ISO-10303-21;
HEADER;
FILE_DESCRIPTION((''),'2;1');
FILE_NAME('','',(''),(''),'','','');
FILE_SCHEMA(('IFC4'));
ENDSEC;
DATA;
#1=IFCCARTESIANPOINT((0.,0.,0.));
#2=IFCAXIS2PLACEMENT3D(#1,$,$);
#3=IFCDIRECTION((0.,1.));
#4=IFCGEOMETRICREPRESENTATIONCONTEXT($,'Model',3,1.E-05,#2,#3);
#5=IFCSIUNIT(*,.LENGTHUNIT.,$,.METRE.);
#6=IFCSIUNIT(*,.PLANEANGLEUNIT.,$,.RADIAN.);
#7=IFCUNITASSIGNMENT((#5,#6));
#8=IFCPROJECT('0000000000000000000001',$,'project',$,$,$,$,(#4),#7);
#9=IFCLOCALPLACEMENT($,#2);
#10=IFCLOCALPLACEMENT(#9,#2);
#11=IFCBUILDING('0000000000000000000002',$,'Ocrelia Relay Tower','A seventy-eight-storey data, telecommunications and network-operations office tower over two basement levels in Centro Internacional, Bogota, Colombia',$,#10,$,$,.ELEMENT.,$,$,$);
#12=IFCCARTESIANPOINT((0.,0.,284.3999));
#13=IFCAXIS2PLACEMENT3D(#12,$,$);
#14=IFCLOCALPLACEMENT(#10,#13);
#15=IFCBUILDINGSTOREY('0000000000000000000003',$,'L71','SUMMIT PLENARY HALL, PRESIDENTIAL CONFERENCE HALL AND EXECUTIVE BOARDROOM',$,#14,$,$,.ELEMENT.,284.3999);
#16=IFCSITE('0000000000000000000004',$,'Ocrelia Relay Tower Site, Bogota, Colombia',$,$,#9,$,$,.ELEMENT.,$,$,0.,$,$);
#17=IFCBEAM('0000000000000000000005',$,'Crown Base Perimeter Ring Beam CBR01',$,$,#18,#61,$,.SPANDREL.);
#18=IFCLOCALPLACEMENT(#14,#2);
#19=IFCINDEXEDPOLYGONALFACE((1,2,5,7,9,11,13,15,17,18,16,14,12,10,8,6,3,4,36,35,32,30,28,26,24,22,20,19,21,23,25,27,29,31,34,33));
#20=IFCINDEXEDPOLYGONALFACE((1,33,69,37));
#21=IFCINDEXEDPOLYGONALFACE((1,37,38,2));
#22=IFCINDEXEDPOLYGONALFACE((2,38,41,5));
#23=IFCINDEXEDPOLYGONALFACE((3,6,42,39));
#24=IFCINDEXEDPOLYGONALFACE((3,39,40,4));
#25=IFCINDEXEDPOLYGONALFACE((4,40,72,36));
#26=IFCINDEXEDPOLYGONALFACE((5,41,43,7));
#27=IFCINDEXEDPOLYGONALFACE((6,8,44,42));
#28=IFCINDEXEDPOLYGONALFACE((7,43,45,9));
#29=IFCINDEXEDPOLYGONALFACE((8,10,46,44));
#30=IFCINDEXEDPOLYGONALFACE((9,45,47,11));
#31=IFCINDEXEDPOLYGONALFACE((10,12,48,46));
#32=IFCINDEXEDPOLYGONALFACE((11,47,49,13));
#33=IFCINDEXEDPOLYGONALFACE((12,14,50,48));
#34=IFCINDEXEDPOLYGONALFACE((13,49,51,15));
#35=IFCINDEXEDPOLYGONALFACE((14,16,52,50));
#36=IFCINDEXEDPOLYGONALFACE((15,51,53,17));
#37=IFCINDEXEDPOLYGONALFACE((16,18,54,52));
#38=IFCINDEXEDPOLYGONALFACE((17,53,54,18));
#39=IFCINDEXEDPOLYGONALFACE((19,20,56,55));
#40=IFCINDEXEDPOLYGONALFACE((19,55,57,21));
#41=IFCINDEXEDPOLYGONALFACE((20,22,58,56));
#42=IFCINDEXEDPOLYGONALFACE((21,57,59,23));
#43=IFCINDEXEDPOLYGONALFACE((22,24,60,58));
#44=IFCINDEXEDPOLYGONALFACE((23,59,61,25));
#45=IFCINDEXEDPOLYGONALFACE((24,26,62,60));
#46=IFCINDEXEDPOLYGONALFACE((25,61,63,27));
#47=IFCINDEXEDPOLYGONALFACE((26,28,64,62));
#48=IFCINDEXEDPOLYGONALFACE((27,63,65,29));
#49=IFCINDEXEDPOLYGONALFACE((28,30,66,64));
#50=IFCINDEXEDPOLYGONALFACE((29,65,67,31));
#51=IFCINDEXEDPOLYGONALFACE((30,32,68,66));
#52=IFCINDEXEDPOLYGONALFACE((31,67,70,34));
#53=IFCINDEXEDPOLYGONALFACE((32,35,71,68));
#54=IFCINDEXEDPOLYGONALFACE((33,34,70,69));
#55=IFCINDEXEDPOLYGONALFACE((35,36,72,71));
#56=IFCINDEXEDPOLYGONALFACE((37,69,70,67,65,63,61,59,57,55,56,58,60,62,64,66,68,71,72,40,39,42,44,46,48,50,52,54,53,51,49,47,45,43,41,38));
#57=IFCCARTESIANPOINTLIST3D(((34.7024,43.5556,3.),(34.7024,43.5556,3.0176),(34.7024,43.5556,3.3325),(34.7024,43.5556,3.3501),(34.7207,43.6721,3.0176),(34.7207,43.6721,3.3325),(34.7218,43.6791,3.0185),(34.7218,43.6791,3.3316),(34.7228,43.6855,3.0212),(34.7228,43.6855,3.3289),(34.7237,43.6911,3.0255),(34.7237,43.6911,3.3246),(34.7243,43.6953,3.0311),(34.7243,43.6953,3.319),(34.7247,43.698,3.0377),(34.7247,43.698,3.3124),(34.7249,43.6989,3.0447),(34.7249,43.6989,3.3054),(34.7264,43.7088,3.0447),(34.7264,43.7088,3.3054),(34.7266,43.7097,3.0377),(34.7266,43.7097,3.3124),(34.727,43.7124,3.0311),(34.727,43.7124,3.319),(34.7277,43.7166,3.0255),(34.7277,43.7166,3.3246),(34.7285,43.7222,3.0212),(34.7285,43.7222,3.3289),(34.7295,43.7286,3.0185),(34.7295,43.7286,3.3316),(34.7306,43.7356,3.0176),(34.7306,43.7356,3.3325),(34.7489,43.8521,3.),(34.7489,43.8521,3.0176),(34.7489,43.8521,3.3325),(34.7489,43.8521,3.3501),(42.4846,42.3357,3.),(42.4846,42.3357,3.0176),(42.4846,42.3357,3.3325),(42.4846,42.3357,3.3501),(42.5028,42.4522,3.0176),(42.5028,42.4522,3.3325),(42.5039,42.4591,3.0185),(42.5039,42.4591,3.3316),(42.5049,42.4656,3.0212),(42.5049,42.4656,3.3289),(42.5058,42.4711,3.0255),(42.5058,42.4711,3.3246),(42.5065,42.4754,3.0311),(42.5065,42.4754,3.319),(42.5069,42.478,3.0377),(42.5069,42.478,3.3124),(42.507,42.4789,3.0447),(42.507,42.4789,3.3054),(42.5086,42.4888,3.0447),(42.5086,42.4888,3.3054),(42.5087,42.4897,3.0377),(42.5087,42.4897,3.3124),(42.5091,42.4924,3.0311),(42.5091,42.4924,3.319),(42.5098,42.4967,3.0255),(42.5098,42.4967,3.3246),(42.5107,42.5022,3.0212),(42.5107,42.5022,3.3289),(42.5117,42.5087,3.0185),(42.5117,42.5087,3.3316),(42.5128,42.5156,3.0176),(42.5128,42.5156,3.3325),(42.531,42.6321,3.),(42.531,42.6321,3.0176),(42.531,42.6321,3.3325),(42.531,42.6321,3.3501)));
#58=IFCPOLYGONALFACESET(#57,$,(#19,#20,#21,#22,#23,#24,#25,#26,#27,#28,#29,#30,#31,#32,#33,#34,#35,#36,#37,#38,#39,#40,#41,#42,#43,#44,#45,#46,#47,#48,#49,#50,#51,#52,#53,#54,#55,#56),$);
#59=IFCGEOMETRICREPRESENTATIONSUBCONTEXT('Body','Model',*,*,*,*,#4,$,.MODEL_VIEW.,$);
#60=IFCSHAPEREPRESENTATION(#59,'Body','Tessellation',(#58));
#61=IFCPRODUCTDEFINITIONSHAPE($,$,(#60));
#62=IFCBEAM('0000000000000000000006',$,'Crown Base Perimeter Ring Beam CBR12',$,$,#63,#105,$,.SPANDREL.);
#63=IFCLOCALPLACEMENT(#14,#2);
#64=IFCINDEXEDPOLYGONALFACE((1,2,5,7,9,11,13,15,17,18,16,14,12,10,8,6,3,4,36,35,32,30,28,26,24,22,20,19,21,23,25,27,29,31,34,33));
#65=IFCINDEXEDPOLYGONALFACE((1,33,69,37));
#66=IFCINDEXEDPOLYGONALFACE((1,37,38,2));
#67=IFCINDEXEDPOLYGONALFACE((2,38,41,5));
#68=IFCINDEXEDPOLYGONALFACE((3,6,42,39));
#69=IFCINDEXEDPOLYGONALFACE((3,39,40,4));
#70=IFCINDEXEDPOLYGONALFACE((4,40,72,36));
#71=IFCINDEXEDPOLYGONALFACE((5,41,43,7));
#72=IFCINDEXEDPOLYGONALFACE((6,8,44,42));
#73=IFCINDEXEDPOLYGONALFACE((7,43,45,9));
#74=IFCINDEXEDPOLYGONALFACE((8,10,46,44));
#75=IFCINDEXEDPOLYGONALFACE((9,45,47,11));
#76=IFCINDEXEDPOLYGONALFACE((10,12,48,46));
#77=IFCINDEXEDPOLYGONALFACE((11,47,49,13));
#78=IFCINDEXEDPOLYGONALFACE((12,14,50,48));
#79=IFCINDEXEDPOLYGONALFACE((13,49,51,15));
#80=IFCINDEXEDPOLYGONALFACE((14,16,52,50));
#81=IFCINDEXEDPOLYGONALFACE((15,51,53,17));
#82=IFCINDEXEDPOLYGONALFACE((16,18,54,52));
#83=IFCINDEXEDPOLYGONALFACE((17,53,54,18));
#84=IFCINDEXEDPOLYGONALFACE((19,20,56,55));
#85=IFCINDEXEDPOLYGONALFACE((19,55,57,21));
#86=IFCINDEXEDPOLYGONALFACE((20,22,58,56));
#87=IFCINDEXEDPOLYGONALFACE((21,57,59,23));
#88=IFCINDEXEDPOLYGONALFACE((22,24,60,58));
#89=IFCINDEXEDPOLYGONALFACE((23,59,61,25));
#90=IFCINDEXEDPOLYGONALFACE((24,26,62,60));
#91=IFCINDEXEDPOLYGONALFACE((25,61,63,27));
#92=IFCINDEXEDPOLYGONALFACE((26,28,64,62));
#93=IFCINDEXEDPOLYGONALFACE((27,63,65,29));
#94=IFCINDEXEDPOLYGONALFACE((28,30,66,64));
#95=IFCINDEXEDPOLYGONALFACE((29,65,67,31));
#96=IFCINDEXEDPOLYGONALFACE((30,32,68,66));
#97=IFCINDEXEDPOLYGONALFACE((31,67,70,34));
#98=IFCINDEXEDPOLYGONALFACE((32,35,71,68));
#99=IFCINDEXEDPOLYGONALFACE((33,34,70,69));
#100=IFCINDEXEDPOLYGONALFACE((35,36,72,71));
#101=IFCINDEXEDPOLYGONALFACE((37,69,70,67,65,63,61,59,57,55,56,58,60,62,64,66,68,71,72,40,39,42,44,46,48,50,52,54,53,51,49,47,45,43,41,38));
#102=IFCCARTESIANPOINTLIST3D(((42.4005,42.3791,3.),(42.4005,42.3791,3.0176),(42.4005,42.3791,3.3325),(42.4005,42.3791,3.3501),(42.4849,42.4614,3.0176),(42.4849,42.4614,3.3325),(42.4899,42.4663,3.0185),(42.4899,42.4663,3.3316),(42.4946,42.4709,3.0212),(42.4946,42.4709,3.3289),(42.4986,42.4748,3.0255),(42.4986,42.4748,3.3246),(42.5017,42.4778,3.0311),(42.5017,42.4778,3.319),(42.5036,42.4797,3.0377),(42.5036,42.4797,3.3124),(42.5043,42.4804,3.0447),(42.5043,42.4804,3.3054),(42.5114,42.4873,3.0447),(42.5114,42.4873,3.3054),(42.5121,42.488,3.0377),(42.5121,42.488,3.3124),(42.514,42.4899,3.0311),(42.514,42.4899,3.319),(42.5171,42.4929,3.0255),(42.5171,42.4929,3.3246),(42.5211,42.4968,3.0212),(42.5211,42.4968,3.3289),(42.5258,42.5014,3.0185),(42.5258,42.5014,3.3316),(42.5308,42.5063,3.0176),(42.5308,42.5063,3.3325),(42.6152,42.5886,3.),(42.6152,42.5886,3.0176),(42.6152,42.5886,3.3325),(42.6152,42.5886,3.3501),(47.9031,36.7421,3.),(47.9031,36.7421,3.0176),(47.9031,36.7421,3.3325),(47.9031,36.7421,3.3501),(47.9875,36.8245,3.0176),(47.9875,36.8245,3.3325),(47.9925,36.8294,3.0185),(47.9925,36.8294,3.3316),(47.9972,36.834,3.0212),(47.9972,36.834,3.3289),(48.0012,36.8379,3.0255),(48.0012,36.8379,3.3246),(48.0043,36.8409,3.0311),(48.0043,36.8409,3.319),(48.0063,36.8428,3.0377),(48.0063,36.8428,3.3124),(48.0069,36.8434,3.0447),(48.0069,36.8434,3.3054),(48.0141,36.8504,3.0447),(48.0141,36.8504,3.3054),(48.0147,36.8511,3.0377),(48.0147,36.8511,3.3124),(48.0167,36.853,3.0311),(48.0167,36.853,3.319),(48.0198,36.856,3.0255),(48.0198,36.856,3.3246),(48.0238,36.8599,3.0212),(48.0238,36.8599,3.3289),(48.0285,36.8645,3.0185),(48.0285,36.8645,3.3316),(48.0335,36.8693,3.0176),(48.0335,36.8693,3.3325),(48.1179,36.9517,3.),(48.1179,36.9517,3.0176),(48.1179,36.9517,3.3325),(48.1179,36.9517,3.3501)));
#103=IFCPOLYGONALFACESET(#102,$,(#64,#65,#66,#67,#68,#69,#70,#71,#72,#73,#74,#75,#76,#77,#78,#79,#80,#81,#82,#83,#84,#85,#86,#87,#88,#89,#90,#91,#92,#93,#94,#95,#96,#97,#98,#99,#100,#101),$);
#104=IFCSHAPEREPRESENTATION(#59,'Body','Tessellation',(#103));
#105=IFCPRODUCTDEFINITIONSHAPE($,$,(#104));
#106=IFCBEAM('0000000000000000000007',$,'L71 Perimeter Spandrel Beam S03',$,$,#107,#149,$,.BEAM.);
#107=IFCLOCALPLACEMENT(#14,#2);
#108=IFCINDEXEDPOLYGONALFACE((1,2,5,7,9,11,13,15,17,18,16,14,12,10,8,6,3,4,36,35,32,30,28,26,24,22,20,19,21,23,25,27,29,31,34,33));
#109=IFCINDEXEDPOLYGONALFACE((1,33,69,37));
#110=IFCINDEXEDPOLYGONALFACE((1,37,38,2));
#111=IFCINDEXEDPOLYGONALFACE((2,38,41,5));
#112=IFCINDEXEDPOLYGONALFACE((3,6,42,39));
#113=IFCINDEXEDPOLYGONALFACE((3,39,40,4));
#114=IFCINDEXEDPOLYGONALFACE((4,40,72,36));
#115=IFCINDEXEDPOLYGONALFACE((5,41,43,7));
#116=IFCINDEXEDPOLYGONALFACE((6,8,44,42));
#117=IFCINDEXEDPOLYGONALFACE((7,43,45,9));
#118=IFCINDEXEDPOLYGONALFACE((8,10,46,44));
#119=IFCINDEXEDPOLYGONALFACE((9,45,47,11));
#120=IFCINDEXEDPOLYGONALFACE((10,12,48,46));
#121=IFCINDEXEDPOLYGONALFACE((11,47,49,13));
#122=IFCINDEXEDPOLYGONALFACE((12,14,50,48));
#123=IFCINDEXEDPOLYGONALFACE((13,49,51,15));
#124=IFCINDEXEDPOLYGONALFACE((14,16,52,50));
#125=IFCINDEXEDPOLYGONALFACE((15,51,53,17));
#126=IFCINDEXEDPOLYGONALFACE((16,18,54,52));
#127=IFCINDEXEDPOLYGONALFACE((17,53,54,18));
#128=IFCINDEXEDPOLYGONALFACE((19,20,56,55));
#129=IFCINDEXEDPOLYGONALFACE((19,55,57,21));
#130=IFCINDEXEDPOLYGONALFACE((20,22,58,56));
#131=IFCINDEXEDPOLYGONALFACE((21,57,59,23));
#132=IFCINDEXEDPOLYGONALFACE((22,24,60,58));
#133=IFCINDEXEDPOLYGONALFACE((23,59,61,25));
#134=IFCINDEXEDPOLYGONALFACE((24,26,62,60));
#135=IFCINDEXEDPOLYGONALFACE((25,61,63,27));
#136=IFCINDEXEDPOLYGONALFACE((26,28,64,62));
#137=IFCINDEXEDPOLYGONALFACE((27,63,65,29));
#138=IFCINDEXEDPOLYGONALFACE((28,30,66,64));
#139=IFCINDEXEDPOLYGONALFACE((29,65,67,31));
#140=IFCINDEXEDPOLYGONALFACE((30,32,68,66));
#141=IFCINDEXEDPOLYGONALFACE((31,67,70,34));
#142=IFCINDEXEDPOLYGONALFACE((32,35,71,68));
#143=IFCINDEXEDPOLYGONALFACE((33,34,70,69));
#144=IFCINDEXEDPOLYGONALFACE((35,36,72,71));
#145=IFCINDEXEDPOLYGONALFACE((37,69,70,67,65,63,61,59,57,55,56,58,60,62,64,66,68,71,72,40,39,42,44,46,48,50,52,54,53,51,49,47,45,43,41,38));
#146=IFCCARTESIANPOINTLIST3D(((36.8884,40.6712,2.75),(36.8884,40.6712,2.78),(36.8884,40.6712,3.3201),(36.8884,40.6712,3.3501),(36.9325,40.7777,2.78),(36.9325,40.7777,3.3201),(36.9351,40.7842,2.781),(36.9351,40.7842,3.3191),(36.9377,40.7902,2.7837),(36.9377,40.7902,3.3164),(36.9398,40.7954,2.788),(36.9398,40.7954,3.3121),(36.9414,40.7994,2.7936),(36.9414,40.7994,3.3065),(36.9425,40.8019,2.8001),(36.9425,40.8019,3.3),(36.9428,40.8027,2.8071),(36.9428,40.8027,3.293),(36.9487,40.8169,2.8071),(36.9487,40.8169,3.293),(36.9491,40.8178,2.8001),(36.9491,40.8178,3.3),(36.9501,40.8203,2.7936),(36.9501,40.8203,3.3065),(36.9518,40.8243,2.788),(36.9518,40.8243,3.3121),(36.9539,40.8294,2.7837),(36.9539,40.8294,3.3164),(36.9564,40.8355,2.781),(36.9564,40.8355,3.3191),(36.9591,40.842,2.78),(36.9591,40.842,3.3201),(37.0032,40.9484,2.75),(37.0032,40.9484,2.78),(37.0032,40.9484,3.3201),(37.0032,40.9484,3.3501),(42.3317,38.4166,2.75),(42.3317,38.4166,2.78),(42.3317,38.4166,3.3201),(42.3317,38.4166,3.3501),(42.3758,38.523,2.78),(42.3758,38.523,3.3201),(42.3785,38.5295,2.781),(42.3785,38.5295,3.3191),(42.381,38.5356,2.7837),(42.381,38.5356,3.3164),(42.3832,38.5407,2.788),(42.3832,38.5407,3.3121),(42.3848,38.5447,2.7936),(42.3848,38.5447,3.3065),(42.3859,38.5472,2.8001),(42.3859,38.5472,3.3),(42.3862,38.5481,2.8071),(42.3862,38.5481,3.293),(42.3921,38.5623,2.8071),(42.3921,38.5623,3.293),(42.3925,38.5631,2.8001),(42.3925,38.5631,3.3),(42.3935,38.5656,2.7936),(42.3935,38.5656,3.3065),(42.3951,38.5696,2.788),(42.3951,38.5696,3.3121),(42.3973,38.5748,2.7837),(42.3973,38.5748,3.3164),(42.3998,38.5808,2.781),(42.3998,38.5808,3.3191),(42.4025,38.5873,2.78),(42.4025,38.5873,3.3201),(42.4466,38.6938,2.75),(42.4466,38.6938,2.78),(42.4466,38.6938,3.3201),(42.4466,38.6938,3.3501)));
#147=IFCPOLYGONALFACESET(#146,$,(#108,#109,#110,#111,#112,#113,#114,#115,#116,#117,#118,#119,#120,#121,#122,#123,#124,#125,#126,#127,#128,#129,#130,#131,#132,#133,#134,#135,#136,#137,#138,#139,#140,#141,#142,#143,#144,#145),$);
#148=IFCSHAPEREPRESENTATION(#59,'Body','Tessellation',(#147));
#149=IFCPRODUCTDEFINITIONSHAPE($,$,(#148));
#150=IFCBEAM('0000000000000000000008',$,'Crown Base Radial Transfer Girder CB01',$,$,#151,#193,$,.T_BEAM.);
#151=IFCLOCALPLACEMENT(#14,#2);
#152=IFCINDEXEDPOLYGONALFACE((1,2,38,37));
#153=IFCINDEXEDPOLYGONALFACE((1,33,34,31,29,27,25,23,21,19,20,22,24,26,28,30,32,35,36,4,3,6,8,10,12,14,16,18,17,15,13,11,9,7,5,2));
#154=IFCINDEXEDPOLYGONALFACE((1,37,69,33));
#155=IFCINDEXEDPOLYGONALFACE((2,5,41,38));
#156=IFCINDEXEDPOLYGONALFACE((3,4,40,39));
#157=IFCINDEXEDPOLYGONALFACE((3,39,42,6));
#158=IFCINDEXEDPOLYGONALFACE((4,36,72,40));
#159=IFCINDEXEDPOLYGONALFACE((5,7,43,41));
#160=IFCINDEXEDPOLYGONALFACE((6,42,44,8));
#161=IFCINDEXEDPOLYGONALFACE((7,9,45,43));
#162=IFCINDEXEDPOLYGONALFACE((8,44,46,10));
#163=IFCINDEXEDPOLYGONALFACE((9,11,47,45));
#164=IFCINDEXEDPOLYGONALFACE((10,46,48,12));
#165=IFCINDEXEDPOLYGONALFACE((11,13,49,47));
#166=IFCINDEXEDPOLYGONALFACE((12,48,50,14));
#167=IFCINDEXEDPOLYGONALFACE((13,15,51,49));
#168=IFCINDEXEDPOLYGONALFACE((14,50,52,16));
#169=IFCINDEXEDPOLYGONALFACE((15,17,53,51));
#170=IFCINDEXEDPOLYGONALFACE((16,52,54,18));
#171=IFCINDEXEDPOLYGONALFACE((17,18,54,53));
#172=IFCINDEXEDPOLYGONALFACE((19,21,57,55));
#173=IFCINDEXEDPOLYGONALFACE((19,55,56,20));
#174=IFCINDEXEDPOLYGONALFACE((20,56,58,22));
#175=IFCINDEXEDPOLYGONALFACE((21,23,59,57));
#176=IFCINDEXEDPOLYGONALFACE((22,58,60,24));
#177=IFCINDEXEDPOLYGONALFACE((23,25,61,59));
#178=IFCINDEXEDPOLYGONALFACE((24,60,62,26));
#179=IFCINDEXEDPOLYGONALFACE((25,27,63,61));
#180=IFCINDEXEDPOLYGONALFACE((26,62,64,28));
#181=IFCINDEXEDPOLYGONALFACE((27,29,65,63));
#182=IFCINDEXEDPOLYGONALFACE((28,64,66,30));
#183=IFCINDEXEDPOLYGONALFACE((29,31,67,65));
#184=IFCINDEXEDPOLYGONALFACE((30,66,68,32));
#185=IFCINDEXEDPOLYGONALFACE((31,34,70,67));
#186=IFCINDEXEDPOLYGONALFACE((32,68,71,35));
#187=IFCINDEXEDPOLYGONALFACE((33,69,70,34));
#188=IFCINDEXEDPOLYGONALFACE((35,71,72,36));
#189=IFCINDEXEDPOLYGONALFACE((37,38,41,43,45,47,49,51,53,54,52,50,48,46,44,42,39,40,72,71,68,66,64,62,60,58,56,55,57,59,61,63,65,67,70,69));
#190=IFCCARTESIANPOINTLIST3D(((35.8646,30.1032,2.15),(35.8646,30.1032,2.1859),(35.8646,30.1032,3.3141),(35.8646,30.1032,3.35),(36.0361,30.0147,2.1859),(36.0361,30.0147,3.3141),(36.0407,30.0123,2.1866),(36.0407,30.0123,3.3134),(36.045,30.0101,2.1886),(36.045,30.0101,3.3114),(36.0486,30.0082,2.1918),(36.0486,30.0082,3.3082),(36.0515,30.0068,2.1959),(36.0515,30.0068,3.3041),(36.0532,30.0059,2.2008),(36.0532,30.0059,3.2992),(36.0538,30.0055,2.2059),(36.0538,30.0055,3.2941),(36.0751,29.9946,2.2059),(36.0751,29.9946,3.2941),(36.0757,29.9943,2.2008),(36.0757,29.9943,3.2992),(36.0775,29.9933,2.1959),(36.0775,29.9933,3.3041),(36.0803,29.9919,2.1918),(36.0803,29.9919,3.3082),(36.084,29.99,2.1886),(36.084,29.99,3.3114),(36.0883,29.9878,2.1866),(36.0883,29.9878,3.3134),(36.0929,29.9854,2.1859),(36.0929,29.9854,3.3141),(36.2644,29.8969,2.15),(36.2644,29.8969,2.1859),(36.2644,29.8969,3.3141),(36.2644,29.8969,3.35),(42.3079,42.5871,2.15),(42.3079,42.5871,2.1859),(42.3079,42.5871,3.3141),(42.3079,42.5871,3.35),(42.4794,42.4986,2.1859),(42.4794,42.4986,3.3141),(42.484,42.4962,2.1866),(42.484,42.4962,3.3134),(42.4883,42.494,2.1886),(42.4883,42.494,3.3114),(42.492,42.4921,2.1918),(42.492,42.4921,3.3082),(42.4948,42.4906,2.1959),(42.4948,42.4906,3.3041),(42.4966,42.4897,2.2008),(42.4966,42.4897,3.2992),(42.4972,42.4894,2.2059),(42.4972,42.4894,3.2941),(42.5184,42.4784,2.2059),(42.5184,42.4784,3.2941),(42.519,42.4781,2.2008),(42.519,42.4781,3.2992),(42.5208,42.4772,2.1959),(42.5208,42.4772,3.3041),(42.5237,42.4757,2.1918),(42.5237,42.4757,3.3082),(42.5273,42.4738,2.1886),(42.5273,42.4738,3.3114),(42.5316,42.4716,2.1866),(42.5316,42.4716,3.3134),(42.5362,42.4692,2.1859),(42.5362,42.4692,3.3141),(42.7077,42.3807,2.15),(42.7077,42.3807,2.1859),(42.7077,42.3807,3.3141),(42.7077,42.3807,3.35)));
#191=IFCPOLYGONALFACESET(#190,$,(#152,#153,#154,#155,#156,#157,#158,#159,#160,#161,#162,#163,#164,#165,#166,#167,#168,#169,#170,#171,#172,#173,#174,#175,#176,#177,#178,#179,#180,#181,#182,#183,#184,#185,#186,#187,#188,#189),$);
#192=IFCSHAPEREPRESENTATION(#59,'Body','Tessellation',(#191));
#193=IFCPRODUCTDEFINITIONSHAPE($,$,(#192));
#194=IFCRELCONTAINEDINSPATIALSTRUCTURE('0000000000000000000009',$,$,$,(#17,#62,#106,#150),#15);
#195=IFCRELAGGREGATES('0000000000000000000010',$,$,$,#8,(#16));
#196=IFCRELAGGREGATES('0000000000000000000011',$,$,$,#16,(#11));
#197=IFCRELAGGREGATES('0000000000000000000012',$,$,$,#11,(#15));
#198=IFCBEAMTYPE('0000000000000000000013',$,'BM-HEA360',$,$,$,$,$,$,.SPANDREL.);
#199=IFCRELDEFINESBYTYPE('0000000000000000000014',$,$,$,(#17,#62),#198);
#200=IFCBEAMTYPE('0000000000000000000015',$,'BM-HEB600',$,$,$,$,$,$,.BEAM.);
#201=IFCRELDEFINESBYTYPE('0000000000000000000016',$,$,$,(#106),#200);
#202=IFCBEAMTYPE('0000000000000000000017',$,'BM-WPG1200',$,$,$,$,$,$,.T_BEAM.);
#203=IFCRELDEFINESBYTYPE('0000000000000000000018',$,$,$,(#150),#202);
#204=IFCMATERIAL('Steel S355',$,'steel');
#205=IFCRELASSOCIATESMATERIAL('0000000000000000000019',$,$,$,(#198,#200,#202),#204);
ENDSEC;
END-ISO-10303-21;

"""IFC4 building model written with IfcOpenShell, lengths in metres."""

from ifc_helpers import new_model, si_unit, direction, frame, origin, origin_2d, place, context, subcontext, project, spatial, i_section, extrude, material, material_profile, profile_set, type_object, element, save


model = new_model("IFC4")

# Units and contexts
model_context = context("Model", 3, precision=1e-05, world=origin(), true_north=direction((0.0, 1.0)))
body_context = subcontext(model_context, "Body", "Model", "MODEL_VIEW")
ifc_project = project(units=[si_unit("LENGTHUNIT", "METRE"), si_unit("PLANEANGLEUNIT", "RADIAN")], contexts=[model_context])

# Site, building, storey
site_placement = place(None, origin())
site = spatial("IfcSite", under=ifc_project, at=site_placement, Name="Ocrelia Relay Tower Site, Bogota, Colombia", CompositionType="ELEMENT", RefElevation=0.0)
building_placement = place(site_placement, origin())
building = spatial("IfcBuilding", under=site, at=building_placement, Name="Ocrelia Relay Tower", Description="A seventy-eight-storey data, telecommunications and network-operations office tower over two basement levels in Centro Internacional, Bogota, Colombia", CompositionType="ELEMENT")
storey_placement = place(building_placement, frame((0.0, 0.0, 284.3999)))
storey = spatial("IfcBuildingStorey", under=building, at=storey_placement, Name="L71", Description="SUMMIT PLENARY HALL, PRESIDENTIAL CONFERENCE HALL AND EXECUTIVE BOARDROOM", CompositionType="ELEMENT", Elevation=284.3999)

# Beams
ifc_material_1 = material(Name="Steel S355", Category="steel")
ifc_material_profile_1 = material_profile(ifc_material_1, i_section(OverallWidth=0.3, OverallDepth=0.3501, WebThickness=0.01, FlangeThickness=0.0176, FilletRadius=0.0271, at=origin_2d()), Name="HEA 360")
ifc_profile_set_1 = profile_set([ifc_material_profile_1], Name="Steel S355")
beam_type_1 = type_object("IfcBeamType", Name="BM-HEA360", PredefinedType="SPANDREL", material=ifc_profile_set_1)
beam_1_placement = place(storey_placement, frame((42.5078, 42.4839, 3.175), z_axis=(-0.987935, 0.154872, 0.0), x_axis=(-0.154872, -0.987935, 0.0)))
element("IfcBeam", 1, at=beam_1_placement, inside=storey, type_object=beam_type_1, Name="Crown Base Perimeter Ring Beam CBR01", PredefinedType="SPANDREL", context=body_context, shape_type="SweptSolid", body=[
    extrude(i_section(OverallWidth=0.3, OverallDepth=0.3501, WebThickness=0.01, FlangeThickness=0.0176, FilletRadius=0.0271, at=origin_2d()), origin(), (0.0, 0.0, 1.0), 7.8772),
])
beam_2_placement = place(storey_placement, frame((48.0105, 36.8469, 3.175), z_axis=(-0.698533, 0.715578, 0.0), x_axis=(-0.715578, -0.698533, 0.0)))
element("IfcBeam", 2, at=beam_2_placement, inside=storey, type_object=beam_type_1, Name="Crown Base Perimeter Ring Beam CBR12", PredefinedType="SPANDREL", context=body_context, shape_type="SweptSolid", body=[
    extrude(i_section(OverallWidth=0.3, OverallDepth=0.3501, WebThickness=0.01, FlangeThickness=0.0176, FilletRadius=0.0271, at=origin_2d()), origin(), (0.0, 0.0, 1.0), 7.8774),
])
ifc_material_profile_2 = material_profile(ifc_material_1, i_section(OverallWidth=0.3, OverallDepth=0.6001, WebThickness=0.0154, FlangeThickness=0.03, FilletRadius=0.0271, at=origin_2d()), Name="HEB 600")
ifc_profile_set_2 = profile_set([ifc_material_profile_2], Name="Steel S355")
beam_type_2 = type_object("IfcBeamType", Name="BM-HEB600", PredefinedType="BEAM", material=ifc_profile_set_2)
beam_3_placement = place(storey_placement, frame((42.3892, 38.5552, 3.05), z_axis=(-0.923884, 0.382673, 0.0), x_axis=(-0.382673, -0.923884, 0.0)))
element("IfcBeam", 3, at=beam_3_placement, inside=storey, type_object=beam_type_2, Name="L71 Perimeter Spandrel Beam S03", PredefinedType="BEAM", context=body_context, shape_type="SweptSolid", body=[
    extrude(i_section(OverallWidth=0.3, OverallDepth=0.6001, WebThickness=0.0154, FlangeThickness=0.03, FilletRadius=0.0271, at=origin_2d()), origin(), (0.0, 0.0, 1.0), 5.8918),
])
ifc_material_profile_3 = material_profile(ifc_material_1, i_section(OverallWidth=0.45, OverallDepth=1.2, WebThickness=0.0239, FlangeThickness=0.0359, FilletRadius=0.02, at=origin_2d()), Name="WPG 1200x450")
ifc_profile_set_3 = profile_set([ifc_material_profile_3], Name="Steel S355")
beam_type_3 = type_object("IfcBeamType", Name="BM-WPG1200", PredefinedType="T_BEAM", material=ifc_profile_set_3)
beam_4_placement = place(storey_placement, frame((42.5078, 42.4839, 2.75), z_axis=(-0.458646, -0.888619, 0.0), x_axis=(0.888619, -0.458646, 0.0)))
element("IfcBeam", 4, at=beam_4_placement, inside=storey, type_object=beam_type_3, Name="Crown Base Radial Transfer Girder CB01", PredefinedType="T_BEAM", context=body_context, shape_type="SweptSolid", body=[
    extrude(i_section(OverallWidth=0.45, OverallDepth=1.2, WebThickness=0.0239, FlangeThickness=0.0359, FilletRadius=0.02, at=origin_2d()), origin(), (0.0, 0.0, 1.0), 14.0486),
])

save(model, "model.ifc")
